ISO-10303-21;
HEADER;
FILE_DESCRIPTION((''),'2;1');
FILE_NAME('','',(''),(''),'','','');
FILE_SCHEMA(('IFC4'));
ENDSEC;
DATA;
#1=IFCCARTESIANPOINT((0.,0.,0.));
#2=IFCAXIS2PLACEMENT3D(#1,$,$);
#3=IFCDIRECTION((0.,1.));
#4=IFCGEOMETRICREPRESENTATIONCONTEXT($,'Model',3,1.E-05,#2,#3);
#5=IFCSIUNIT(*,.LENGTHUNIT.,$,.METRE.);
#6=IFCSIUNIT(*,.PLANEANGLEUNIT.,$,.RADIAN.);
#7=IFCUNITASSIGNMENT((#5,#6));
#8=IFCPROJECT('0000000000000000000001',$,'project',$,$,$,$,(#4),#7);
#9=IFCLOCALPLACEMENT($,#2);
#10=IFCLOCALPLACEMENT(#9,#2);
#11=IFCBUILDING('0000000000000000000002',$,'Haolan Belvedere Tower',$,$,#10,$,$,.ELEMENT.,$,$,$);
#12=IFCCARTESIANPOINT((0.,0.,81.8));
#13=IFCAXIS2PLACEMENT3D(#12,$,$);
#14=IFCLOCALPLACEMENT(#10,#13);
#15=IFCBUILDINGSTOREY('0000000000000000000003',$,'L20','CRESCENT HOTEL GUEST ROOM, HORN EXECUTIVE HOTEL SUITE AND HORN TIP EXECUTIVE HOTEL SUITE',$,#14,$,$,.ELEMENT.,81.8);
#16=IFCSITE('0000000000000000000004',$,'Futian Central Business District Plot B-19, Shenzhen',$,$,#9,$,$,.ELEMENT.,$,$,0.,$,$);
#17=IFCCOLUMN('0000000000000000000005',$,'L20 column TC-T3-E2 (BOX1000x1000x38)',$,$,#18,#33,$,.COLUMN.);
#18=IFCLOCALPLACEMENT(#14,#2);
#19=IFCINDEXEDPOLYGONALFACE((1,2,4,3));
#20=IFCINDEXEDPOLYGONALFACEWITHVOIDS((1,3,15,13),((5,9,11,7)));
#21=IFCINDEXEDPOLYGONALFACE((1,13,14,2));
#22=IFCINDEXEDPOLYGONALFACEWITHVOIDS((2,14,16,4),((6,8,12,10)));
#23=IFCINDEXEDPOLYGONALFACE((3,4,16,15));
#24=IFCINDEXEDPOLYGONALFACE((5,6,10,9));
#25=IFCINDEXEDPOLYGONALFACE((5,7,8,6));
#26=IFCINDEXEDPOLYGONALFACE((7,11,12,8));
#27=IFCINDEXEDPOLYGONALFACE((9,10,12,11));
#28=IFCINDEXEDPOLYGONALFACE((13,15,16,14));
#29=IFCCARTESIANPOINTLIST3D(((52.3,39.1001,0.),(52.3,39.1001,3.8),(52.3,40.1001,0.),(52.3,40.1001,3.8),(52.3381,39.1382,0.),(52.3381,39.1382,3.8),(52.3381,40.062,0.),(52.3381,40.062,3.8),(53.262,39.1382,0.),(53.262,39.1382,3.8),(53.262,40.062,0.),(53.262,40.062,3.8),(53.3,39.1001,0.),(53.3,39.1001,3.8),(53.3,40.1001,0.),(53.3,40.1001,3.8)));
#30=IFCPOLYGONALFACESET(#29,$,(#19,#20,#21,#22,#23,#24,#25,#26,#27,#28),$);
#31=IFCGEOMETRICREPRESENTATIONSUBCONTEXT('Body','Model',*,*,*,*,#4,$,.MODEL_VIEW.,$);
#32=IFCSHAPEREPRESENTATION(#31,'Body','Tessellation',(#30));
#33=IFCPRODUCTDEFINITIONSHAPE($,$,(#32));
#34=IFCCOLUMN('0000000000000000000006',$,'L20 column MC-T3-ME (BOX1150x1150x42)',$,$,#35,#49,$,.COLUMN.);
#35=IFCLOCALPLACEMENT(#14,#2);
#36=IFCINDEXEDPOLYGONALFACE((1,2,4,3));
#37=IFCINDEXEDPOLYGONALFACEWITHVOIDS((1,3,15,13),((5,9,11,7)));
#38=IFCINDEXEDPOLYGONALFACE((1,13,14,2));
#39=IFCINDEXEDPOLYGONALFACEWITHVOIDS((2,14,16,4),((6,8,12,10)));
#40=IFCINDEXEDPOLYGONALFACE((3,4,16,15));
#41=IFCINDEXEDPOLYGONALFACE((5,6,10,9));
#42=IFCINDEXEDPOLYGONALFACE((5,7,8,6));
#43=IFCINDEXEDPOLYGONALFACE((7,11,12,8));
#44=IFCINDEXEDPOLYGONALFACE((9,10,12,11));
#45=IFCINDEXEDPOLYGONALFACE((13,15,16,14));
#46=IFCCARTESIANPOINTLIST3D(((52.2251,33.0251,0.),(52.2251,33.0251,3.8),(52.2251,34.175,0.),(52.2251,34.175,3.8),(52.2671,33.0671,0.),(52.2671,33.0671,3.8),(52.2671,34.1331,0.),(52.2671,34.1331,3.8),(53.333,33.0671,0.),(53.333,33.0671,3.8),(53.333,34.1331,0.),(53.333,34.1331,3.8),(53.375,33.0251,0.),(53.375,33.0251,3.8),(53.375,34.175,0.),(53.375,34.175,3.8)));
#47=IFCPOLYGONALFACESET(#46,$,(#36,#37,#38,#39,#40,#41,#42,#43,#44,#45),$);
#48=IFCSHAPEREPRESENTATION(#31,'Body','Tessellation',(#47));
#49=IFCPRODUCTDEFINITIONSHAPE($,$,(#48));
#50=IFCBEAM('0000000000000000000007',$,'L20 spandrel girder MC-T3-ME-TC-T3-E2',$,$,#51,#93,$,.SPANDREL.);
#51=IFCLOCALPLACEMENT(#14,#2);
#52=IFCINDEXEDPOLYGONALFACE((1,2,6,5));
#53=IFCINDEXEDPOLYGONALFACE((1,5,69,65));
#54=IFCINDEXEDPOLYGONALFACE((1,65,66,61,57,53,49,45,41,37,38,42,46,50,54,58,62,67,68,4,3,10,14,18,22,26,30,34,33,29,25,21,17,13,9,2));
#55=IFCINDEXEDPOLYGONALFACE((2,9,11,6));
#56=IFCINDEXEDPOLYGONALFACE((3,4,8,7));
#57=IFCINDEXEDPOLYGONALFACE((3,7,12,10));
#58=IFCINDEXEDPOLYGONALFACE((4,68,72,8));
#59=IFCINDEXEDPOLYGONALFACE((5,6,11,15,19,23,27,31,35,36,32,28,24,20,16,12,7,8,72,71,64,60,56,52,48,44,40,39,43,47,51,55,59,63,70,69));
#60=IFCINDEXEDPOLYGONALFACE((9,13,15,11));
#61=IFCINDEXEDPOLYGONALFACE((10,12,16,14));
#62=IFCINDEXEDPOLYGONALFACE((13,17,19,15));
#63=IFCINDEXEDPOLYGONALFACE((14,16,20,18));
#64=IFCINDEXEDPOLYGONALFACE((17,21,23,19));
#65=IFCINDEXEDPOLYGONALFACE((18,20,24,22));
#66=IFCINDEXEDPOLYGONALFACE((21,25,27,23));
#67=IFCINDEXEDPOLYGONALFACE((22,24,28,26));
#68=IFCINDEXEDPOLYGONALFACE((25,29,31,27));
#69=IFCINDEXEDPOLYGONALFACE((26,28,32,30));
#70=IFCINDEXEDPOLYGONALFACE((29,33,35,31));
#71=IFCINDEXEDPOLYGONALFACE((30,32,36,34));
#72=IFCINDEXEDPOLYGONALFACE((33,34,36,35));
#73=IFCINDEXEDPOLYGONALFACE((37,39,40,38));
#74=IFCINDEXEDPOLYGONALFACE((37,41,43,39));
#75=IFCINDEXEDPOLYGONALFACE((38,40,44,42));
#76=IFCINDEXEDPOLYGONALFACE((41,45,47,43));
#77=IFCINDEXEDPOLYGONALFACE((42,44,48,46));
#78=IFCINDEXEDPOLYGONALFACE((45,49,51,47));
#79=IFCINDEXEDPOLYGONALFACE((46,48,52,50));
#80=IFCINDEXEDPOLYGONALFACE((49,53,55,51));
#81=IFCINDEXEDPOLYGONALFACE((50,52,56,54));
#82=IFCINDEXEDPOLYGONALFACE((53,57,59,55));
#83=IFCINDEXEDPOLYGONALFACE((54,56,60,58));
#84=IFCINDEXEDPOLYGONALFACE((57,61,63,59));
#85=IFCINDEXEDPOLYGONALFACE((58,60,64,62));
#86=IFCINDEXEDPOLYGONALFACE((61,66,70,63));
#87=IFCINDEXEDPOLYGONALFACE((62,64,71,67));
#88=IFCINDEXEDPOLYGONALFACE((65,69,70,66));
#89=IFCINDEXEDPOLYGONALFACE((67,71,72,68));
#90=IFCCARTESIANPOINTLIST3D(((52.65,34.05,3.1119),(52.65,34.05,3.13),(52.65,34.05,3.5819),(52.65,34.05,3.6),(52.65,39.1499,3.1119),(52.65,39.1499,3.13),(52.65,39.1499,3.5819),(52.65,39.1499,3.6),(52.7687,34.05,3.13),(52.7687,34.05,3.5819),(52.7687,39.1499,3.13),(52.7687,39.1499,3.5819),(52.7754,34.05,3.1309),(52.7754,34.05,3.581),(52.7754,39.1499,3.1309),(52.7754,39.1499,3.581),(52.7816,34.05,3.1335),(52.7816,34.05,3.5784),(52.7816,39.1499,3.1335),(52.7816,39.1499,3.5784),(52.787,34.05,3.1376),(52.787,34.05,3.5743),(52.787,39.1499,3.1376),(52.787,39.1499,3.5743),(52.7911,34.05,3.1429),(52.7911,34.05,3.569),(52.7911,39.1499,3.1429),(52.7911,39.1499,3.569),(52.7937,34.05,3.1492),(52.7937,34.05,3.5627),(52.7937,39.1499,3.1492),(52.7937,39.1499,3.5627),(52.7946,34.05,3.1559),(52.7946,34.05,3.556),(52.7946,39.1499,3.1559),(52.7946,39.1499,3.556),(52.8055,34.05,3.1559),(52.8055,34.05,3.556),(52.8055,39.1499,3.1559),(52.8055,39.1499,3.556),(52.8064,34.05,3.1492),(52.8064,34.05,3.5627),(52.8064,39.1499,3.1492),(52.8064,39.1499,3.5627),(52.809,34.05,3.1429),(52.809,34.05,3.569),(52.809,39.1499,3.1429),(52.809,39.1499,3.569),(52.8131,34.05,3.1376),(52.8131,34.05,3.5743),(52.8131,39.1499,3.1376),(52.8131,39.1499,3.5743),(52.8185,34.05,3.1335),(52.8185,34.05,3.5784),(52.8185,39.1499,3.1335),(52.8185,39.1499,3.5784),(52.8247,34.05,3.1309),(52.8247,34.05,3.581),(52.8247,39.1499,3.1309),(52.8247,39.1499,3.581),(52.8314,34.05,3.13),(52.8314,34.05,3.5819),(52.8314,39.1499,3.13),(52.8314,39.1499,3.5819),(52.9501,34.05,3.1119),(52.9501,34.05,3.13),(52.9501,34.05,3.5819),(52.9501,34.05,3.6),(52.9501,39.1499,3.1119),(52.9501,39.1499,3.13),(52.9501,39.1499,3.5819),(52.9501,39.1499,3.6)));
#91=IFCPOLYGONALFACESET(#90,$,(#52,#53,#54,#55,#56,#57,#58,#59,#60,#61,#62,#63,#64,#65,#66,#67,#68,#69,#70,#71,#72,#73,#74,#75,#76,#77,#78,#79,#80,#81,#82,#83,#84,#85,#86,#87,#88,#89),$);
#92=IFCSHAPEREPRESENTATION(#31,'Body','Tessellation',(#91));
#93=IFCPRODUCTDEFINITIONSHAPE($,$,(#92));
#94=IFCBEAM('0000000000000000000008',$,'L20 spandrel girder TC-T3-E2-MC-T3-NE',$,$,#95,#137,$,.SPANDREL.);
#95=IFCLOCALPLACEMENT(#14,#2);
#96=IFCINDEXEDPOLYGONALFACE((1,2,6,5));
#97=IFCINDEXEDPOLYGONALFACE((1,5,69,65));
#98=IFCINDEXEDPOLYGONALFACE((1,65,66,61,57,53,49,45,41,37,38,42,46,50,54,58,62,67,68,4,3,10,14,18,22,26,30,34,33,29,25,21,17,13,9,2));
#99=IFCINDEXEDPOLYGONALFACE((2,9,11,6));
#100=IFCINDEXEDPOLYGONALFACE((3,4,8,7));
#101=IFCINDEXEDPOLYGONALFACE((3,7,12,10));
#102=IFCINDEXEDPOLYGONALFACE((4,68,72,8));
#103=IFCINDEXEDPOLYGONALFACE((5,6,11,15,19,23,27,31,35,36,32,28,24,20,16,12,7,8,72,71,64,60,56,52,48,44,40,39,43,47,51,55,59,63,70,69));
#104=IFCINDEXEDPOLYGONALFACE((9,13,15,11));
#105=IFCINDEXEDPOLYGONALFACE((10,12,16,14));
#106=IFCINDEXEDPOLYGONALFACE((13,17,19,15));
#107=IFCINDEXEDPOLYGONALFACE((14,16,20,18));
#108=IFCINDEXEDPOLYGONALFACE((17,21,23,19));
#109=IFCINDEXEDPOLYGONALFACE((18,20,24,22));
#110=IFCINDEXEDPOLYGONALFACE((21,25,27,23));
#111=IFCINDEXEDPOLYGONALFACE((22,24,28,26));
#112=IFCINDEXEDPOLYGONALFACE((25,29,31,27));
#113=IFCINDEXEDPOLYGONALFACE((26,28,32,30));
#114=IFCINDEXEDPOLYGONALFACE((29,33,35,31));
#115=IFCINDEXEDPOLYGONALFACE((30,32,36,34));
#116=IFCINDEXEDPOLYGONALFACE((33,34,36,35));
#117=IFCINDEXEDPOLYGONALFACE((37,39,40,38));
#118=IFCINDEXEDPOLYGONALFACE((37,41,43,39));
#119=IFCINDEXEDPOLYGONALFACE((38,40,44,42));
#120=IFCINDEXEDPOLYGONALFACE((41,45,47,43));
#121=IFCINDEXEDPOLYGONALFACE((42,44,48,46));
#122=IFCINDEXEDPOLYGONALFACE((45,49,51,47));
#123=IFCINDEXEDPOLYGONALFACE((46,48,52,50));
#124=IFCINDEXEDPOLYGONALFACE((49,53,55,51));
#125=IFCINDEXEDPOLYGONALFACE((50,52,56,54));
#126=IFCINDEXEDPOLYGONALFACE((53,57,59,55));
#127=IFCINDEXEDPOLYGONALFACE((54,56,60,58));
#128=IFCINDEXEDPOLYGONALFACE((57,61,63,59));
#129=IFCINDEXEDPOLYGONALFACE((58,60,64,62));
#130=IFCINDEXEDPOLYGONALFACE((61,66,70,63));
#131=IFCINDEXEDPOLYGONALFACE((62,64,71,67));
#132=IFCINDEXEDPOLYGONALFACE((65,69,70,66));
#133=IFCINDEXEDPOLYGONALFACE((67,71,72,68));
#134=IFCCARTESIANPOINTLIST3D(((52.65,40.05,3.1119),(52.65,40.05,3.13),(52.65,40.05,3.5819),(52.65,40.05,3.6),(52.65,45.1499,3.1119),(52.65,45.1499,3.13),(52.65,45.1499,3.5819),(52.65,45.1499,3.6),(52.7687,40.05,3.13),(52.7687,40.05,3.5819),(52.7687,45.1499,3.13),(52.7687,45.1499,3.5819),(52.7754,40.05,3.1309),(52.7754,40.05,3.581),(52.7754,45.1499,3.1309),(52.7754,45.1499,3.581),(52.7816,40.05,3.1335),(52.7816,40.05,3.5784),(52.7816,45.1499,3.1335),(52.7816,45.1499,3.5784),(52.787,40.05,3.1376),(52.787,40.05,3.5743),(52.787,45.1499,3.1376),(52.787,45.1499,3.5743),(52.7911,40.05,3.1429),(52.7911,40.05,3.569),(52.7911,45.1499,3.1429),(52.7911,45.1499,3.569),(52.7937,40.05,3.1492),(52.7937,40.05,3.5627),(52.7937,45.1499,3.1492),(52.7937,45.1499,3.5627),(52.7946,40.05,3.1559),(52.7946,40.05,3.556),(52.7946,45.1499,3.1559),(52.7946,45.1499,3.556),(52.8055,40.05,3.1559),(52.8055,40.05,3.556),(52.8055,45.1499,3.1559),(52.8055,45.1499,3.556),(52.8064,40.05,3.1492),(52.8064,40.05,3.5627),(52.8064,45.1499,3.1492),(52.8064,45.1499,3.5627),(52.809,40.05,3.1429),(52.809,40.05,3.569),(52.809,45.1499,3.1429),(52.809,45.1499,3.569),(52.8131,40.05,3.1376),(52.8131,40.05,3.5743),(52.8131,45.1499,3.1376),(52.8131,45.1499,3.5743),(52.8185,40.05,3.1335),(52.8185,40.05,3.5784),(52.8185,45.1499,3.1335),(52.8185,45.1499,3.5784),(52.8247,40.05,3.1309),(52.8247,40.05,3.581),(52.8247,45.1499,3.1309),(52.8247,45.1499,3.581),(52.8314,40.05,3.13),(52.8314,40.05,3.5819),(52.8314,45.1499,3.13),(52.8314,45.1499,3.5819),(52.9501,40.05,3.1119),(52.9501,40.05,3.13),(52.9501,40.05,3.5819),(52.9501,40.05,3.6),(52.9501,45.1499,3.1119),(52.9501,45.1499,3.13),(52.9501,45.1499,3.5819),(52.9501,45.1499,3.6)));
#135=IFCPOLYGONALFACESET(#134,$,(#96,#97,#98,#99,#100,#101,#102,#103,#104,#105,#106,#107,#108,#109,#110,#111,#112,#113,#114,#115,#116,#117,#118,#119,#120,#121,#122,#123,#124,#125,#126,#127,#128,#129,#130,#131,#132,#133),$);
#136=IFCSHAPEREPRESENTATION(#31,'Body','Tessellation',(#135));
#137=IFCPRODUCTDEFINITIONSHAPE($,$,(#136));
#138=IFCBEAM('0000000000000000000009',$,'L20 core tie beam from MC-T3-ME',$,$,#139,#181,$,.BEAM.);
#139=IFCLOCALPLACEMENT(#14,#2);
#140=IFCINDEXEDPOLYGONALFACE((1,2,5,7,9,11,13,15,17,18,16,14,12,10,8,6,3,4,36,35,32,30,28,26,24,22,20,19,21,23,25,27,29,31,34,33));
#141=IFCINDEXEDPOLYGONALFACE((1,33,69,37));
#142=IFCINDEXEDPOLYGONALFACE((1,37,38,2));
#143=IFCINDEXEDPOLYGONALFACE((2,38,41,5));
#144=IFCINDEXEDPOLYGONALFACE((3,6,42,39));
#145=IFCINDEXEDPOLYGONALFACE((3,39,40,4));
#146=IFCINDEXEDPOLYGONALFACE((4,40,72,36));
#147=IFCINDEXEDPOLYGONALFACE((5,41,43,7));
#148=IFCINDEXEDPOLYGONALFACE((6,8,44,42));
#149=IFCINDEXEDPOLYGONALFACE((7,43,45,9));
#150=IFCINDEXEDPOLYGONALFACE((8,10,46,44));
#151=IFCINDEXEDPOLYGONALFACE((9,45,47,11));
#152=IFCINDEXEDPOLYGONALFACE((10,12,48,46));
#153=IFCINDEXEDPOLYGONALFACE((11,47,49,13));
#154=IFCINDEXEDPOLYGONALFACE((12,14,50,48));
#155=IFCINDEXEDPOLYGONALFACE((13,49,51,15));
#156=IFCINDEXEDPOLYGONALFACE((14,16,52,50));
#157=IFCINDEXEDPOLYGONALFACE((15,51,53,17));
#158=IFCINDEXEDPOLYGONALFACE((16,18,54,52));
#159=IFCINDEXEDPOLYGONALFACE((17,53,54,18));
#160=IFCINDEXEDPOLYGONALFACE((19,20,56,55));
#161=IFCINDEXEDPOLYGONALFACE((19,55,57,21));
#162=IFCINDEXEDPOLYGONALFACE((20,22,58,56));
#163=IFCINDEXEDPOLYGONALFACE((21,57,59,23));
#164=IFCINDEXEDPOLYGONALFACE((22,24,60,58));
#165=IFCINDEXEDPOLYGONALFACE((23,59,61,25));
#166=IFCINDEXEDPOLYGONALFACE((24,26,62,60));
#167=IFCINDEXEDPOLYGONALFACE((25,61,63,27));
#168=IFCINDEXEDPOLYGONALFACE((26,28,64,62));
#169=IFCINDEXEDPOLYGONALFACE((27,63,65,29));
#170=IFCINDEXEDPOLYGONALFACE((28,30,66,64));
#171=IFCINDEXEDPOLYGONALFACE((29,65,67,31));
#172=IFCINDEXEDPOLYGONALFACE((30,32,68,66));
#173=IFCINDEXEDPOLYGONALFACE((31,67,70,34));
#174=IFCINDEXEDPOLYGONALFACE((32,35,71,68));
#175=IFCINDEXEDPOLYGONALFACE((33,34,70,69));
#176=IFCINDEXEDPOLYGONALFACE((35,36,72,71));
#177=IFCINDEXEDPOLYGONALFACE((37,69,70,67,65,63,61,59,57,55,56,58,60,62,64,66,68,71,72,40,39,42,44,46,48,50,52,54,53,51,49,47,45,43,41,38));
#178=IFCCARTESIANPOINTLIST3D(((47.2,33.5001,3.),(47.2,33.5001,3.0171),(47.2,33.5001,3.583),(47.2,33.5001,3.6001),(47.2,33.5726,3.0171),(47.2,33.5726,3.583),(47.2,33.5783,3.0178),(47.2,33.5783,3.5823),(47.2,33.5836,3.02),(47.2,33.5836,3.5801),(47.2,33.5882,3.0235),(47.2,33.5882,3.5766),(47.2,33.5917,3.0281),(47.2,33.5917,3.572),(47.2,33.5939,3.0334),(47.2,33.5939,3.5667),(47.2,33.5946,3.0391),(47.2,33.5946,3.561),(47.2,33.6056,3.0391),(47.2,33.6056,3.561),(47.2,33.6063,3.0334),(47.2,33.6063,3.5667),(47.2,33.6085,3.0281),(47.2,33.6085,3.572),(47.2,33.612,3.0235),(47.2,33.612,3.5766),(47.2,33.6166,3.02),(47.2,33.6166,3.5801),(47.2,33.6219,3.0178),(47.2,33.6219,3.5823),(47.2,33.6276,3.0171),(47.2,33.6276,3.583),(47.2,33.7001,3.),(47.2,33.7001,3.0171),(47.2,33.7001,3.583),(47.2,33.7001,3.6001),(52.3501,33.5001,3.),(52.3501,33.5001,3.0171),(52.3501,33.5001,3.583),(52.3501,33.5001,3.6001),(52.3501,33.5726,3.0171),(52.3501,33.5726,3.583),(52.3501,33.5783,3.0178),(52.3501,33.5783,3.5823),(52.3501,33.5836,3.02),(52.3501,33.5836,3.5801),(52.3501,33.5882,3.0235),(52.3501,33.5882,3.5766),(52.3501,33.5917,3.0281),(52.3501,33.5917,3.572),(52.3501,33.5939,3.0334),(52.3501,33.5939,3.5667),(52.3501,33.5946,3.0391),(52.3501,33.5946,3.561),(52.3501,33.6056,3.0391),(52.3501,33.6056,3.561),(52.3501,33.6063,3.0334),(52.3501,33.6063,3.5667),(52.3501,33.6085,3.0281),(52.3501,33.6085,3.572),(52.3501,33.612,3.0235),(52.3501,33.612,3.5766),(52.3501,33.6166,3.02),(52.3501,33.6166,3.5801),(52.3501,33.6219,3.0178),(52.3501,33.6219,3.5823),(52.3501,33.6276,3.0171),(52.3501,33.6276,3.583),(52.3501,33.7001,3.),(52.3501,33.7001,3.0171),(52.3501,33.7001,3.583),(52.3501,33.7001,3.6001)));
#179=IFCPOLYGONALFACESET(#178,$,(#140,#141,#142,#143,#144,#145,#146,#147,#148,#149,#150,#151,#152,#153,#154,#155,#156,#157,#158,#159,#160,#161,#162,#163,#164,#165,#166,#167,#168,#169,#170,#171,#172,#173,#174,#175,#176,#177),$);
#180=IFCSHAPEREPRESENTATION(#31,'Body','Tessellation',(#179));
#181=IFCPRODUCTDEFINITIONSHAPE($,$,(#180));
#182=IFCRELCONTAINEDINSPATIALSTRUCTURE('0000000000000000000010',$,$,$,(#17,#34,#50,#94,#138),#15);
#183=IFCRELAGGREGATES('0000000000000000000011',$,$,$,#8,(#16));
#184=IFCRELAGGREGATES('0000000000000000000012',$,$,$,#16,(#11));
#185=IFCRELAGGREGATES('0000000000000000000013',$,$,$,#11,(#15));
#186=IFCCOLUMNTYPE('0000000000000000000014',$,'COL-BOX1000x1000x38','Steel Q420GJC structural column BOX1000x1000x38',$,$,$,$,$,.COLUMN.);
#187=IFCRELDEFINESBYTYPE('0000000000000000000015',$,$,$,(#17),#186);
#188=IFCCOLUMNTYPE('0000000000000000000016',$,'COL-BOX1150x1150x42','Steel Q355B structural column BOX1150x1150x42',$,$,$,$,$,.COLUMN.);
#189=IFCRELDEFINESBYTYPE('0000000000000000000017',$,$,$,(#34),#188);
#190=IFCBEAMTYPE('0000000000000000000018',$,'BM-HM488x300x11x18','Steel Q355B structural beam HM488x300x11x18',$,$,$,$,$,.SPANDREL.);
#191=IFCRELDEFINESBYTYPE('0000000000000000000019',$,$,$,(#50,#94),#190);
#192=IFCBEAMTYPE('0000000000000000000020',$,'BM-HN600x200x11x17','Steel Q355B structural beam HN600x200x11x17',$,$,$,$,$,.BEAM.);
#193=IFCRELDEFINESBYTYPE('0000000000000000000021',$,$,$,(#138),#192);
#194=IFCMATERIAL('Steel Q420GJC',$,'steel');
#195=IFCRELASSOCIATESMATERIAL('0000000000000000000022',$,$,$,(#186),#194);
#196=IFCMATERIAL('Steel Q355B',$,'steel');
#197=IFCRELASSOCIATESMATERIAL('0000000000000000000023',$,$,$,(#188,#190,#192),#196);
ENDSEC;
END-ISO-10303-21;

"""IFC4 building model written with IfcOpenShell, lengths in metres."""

from ifc_helpers import new_model, si_unit, direction, frame, origin, origin_2d, place, context, subcontext, project, spatial, hollow_rectangle, i_section, extrude, material, material_profile, profile_set, type_object, element, save


model = new_model("IFC4")

# Units and contexts
model_context = context("Model", 3, precision=1e-05, world=origin(), true_north=direction((0.0, 1.0)))
body_context = subcontext(model_context, "Body", "Model", "MODEL_VIEW")
ifc_project = project(units=[si_unit("LENGTHUNIT", "METRE"), si_unit("PLANEANGLEUNIT", "RADIAN")], contexts=[model_context])

# Site, building, storey
site_placement = place(None, origin())
site = spatial("IfcSite", under=ifc_project, at=site_placement, Name="Futian Central Business District Plot B-19, Shenzhen", CompositionType="ELEMENT", RefElevation=0.0)
building_placement = place(site_placement, origin())
building = spatial("IfcBuilding", under=site, at=building_placement, Name="Haolan Belvedere Tower", CompositionType="ELEMENT")
storey_placement = place(building_placement, frame((0.0, 0.0, 81.8)))
storey = spatial("IfcBuildingStorey", under=building, at=storey_placement, Name="L20", Description="CRESCENT HOTEL GUEST ROOM, HORN EXECUTIVE HOTEL SUITE AND HORN TIP EXECUTIVE HOTEL SUITE", CompositionType="ELEMENT", Elevation=81.8)

# Columns
ifc_material_1 = material(Name="Steel Q420GJC", Category="steel")
ifc_material_profile_1 = material_profile(ifc_material_1, hollow_rectangle(XDim=1.0, YDim=1.0, WallThickness=0.0381, at=origin_2d()), Name="Steel Q420GJC")
ifc_profile_set_1 = profile_set([ifc_material_profile_1], Name="Steel Q420GJC")
column_type_1 = type_object("IfcColumnType", Name="COL-BOX1000x1000x38", Description="Steel Q420GJC structural column BOX1000x1000x38", PredefinedType="COLUMN", material=ifc_profile_set_1)
column_1_placement = place(storey_placement, frame((52.8, 39.6001, 0.0), z_axis=(0.0, 0.0, 1.0), x_axis=(1.0, 0.0, 0.0)))
element("IfcColumn", 1, at=column_1_placement, inside=storey, type_object=column_type_1, Name="L20 column TC-T3-E2 (BOX1000x1000x38)", PredefinedType="COLUMN", context=body_context, shape_type="SweptSolid", body=[
    extrude(hollow_rectangle(XDim=1.0, YDim=1.0, WallThickness=0.0381, at=origin_2d()), origin(), (0.0, 0.0, 1.0), 3.8),
])
ifc_material_2 = material(Name="Steel Q355B", Category="steel")
ifc_material_profile_2 = material_profile(ifc_material_2, hollow_rectangle(XDim=1.1499, YDim=1.1499, WallThickness=0.042, at=origin_2d()), Name="Steel Q355B")
ifc_profile_set_2 = profile_set([ifc_material_profile_2], Name="Steel Q355B")
column_type_2 = type_object("IfcColumnType", Name="COL-BOX1150x1150x42", Description="Steel Q355B structural column BOX1150x1150x42", PredefinedType="COLUMN", material=ifc_profile_set_2)
column_2_placement = place(storey_placement, frame((52.8, 33.6001, 0.0), z_axis=(0.0, 0.0, 1.0), x_axis=(1.0, 0.0, 0.0)))
element("IfcColumn", 2, at=column_2_placement, inside=storey, type_object=column_type_2, Name="L20 column MC-T3-ME (BOX1150x1150x42)", PredefinedType="COLUMN", context=body_context, shape_type="SweptSolid", body=[
    extrude(hollow_rectangle(XDim=1.1499, YDim=1.1499, WallThickness=0.042, at=origin_2d()), origin(), (0.0, 0.0, 1.0), 3.8),
])

# Beams
ifc_material_profile_3 = material_profile(ifc_material_2, i_section(OverallWidth=0.3, OverallDepth=0.488, WebThickness=0.011, FlangeThickness=0.0181, FilletRadius=0.0259, at=origin_2d()), Name="Steel Q355B")
ifc_profile_set_3 = profile_set([ifc_material_profile_3], Name="Steel Q355B")
beam_type_1 = type_object("IfcBeamType", Name="BM-HM488x300x11x18", Description="Steel Q355B structural beam HM488x300x11x18", PredefinedType="SPANDREL", material=ifc_profile_set_3)
for number, where, z_axis, x_axis, name in (
    (3, (52.8, 34.05, 3.356), (0.0, 1.0, 0.0), (-1.0, 0.0, 0.0), "L20 spandrel girder MC-T3-ME-TC-T3-E2"),
    (4, (52.8, 40.05, 3.356), (0.0, 1.0, 0.0), (-1.0, 0.0, 0.0), "L20 spandrel girder TC-T3-E2-MC-T3-NE"),
):
    element("IfcBeam", number, at=place(storey_placement, frame(where, z_axis=z_axis, x_axis=x_axis)), inside=storey, type_object=beam_type_1, Name=name, PredefinedType="SPANDREL", context=body_context, shape_type="SweptSolid", body=[
        extrude(i_section(OverallWidth=0.3, OverallDepth=0.488, WebThickness=0.011, FlangeThickness=0.0181, FilletRadius=0.0259, at=origin_2d()), origin(), (0.0, 0.0, 1.0), 5.0999),
    ])
ifc_material_profile_4 = material_profile(ifc_material_2, i_section(OverallWidth=0.2, OverallDepth=0.6001, WebThickness=0.011, FlangeThickness=0.0171, FilletRadius=0.022, at=origin_2d()), Name="Steel Q355B")
ifc_profile_set_4 = profile_set([ifc_material_profile_4], Name="Steel Q355B")
beam_type_2 = type_object("IfcBeamType", Name="BM-HN600x200x11x17", Description="Steel Q355B structural beam HN600x200x11x17", PredefinedType="BEAM", material=ifc_profile_set_4)
for number, where, z_axis, x_axis, name in (
    (5, (52.3501, 33.6001, 3.3), (-1.0, 0.0, 0.0), (0.0, -1.0, 0.0), "L20 core tie beam from MC-T3-ME"),
):
    element("IfcBeam", number, at=place(storey_placement, frame(where, z_axis=z_axis, x_axis=x_axis)), inside=storey, type_object=beam_type_2, Name=name, PredefinedType="BEAM", context=body_context, shape_type="SweptSolid", body=[
        extrude(i_section(OverallWidth=0.2, OverallDepth=0.6001, WebThickness=0.011, FlangeThickness=0.0171, FilletRadius=0.022, at=origin_2d()), origin(), (0.0, 0.0, 1.0), 5.1501),
    ])

save(model, "model.ifc")
